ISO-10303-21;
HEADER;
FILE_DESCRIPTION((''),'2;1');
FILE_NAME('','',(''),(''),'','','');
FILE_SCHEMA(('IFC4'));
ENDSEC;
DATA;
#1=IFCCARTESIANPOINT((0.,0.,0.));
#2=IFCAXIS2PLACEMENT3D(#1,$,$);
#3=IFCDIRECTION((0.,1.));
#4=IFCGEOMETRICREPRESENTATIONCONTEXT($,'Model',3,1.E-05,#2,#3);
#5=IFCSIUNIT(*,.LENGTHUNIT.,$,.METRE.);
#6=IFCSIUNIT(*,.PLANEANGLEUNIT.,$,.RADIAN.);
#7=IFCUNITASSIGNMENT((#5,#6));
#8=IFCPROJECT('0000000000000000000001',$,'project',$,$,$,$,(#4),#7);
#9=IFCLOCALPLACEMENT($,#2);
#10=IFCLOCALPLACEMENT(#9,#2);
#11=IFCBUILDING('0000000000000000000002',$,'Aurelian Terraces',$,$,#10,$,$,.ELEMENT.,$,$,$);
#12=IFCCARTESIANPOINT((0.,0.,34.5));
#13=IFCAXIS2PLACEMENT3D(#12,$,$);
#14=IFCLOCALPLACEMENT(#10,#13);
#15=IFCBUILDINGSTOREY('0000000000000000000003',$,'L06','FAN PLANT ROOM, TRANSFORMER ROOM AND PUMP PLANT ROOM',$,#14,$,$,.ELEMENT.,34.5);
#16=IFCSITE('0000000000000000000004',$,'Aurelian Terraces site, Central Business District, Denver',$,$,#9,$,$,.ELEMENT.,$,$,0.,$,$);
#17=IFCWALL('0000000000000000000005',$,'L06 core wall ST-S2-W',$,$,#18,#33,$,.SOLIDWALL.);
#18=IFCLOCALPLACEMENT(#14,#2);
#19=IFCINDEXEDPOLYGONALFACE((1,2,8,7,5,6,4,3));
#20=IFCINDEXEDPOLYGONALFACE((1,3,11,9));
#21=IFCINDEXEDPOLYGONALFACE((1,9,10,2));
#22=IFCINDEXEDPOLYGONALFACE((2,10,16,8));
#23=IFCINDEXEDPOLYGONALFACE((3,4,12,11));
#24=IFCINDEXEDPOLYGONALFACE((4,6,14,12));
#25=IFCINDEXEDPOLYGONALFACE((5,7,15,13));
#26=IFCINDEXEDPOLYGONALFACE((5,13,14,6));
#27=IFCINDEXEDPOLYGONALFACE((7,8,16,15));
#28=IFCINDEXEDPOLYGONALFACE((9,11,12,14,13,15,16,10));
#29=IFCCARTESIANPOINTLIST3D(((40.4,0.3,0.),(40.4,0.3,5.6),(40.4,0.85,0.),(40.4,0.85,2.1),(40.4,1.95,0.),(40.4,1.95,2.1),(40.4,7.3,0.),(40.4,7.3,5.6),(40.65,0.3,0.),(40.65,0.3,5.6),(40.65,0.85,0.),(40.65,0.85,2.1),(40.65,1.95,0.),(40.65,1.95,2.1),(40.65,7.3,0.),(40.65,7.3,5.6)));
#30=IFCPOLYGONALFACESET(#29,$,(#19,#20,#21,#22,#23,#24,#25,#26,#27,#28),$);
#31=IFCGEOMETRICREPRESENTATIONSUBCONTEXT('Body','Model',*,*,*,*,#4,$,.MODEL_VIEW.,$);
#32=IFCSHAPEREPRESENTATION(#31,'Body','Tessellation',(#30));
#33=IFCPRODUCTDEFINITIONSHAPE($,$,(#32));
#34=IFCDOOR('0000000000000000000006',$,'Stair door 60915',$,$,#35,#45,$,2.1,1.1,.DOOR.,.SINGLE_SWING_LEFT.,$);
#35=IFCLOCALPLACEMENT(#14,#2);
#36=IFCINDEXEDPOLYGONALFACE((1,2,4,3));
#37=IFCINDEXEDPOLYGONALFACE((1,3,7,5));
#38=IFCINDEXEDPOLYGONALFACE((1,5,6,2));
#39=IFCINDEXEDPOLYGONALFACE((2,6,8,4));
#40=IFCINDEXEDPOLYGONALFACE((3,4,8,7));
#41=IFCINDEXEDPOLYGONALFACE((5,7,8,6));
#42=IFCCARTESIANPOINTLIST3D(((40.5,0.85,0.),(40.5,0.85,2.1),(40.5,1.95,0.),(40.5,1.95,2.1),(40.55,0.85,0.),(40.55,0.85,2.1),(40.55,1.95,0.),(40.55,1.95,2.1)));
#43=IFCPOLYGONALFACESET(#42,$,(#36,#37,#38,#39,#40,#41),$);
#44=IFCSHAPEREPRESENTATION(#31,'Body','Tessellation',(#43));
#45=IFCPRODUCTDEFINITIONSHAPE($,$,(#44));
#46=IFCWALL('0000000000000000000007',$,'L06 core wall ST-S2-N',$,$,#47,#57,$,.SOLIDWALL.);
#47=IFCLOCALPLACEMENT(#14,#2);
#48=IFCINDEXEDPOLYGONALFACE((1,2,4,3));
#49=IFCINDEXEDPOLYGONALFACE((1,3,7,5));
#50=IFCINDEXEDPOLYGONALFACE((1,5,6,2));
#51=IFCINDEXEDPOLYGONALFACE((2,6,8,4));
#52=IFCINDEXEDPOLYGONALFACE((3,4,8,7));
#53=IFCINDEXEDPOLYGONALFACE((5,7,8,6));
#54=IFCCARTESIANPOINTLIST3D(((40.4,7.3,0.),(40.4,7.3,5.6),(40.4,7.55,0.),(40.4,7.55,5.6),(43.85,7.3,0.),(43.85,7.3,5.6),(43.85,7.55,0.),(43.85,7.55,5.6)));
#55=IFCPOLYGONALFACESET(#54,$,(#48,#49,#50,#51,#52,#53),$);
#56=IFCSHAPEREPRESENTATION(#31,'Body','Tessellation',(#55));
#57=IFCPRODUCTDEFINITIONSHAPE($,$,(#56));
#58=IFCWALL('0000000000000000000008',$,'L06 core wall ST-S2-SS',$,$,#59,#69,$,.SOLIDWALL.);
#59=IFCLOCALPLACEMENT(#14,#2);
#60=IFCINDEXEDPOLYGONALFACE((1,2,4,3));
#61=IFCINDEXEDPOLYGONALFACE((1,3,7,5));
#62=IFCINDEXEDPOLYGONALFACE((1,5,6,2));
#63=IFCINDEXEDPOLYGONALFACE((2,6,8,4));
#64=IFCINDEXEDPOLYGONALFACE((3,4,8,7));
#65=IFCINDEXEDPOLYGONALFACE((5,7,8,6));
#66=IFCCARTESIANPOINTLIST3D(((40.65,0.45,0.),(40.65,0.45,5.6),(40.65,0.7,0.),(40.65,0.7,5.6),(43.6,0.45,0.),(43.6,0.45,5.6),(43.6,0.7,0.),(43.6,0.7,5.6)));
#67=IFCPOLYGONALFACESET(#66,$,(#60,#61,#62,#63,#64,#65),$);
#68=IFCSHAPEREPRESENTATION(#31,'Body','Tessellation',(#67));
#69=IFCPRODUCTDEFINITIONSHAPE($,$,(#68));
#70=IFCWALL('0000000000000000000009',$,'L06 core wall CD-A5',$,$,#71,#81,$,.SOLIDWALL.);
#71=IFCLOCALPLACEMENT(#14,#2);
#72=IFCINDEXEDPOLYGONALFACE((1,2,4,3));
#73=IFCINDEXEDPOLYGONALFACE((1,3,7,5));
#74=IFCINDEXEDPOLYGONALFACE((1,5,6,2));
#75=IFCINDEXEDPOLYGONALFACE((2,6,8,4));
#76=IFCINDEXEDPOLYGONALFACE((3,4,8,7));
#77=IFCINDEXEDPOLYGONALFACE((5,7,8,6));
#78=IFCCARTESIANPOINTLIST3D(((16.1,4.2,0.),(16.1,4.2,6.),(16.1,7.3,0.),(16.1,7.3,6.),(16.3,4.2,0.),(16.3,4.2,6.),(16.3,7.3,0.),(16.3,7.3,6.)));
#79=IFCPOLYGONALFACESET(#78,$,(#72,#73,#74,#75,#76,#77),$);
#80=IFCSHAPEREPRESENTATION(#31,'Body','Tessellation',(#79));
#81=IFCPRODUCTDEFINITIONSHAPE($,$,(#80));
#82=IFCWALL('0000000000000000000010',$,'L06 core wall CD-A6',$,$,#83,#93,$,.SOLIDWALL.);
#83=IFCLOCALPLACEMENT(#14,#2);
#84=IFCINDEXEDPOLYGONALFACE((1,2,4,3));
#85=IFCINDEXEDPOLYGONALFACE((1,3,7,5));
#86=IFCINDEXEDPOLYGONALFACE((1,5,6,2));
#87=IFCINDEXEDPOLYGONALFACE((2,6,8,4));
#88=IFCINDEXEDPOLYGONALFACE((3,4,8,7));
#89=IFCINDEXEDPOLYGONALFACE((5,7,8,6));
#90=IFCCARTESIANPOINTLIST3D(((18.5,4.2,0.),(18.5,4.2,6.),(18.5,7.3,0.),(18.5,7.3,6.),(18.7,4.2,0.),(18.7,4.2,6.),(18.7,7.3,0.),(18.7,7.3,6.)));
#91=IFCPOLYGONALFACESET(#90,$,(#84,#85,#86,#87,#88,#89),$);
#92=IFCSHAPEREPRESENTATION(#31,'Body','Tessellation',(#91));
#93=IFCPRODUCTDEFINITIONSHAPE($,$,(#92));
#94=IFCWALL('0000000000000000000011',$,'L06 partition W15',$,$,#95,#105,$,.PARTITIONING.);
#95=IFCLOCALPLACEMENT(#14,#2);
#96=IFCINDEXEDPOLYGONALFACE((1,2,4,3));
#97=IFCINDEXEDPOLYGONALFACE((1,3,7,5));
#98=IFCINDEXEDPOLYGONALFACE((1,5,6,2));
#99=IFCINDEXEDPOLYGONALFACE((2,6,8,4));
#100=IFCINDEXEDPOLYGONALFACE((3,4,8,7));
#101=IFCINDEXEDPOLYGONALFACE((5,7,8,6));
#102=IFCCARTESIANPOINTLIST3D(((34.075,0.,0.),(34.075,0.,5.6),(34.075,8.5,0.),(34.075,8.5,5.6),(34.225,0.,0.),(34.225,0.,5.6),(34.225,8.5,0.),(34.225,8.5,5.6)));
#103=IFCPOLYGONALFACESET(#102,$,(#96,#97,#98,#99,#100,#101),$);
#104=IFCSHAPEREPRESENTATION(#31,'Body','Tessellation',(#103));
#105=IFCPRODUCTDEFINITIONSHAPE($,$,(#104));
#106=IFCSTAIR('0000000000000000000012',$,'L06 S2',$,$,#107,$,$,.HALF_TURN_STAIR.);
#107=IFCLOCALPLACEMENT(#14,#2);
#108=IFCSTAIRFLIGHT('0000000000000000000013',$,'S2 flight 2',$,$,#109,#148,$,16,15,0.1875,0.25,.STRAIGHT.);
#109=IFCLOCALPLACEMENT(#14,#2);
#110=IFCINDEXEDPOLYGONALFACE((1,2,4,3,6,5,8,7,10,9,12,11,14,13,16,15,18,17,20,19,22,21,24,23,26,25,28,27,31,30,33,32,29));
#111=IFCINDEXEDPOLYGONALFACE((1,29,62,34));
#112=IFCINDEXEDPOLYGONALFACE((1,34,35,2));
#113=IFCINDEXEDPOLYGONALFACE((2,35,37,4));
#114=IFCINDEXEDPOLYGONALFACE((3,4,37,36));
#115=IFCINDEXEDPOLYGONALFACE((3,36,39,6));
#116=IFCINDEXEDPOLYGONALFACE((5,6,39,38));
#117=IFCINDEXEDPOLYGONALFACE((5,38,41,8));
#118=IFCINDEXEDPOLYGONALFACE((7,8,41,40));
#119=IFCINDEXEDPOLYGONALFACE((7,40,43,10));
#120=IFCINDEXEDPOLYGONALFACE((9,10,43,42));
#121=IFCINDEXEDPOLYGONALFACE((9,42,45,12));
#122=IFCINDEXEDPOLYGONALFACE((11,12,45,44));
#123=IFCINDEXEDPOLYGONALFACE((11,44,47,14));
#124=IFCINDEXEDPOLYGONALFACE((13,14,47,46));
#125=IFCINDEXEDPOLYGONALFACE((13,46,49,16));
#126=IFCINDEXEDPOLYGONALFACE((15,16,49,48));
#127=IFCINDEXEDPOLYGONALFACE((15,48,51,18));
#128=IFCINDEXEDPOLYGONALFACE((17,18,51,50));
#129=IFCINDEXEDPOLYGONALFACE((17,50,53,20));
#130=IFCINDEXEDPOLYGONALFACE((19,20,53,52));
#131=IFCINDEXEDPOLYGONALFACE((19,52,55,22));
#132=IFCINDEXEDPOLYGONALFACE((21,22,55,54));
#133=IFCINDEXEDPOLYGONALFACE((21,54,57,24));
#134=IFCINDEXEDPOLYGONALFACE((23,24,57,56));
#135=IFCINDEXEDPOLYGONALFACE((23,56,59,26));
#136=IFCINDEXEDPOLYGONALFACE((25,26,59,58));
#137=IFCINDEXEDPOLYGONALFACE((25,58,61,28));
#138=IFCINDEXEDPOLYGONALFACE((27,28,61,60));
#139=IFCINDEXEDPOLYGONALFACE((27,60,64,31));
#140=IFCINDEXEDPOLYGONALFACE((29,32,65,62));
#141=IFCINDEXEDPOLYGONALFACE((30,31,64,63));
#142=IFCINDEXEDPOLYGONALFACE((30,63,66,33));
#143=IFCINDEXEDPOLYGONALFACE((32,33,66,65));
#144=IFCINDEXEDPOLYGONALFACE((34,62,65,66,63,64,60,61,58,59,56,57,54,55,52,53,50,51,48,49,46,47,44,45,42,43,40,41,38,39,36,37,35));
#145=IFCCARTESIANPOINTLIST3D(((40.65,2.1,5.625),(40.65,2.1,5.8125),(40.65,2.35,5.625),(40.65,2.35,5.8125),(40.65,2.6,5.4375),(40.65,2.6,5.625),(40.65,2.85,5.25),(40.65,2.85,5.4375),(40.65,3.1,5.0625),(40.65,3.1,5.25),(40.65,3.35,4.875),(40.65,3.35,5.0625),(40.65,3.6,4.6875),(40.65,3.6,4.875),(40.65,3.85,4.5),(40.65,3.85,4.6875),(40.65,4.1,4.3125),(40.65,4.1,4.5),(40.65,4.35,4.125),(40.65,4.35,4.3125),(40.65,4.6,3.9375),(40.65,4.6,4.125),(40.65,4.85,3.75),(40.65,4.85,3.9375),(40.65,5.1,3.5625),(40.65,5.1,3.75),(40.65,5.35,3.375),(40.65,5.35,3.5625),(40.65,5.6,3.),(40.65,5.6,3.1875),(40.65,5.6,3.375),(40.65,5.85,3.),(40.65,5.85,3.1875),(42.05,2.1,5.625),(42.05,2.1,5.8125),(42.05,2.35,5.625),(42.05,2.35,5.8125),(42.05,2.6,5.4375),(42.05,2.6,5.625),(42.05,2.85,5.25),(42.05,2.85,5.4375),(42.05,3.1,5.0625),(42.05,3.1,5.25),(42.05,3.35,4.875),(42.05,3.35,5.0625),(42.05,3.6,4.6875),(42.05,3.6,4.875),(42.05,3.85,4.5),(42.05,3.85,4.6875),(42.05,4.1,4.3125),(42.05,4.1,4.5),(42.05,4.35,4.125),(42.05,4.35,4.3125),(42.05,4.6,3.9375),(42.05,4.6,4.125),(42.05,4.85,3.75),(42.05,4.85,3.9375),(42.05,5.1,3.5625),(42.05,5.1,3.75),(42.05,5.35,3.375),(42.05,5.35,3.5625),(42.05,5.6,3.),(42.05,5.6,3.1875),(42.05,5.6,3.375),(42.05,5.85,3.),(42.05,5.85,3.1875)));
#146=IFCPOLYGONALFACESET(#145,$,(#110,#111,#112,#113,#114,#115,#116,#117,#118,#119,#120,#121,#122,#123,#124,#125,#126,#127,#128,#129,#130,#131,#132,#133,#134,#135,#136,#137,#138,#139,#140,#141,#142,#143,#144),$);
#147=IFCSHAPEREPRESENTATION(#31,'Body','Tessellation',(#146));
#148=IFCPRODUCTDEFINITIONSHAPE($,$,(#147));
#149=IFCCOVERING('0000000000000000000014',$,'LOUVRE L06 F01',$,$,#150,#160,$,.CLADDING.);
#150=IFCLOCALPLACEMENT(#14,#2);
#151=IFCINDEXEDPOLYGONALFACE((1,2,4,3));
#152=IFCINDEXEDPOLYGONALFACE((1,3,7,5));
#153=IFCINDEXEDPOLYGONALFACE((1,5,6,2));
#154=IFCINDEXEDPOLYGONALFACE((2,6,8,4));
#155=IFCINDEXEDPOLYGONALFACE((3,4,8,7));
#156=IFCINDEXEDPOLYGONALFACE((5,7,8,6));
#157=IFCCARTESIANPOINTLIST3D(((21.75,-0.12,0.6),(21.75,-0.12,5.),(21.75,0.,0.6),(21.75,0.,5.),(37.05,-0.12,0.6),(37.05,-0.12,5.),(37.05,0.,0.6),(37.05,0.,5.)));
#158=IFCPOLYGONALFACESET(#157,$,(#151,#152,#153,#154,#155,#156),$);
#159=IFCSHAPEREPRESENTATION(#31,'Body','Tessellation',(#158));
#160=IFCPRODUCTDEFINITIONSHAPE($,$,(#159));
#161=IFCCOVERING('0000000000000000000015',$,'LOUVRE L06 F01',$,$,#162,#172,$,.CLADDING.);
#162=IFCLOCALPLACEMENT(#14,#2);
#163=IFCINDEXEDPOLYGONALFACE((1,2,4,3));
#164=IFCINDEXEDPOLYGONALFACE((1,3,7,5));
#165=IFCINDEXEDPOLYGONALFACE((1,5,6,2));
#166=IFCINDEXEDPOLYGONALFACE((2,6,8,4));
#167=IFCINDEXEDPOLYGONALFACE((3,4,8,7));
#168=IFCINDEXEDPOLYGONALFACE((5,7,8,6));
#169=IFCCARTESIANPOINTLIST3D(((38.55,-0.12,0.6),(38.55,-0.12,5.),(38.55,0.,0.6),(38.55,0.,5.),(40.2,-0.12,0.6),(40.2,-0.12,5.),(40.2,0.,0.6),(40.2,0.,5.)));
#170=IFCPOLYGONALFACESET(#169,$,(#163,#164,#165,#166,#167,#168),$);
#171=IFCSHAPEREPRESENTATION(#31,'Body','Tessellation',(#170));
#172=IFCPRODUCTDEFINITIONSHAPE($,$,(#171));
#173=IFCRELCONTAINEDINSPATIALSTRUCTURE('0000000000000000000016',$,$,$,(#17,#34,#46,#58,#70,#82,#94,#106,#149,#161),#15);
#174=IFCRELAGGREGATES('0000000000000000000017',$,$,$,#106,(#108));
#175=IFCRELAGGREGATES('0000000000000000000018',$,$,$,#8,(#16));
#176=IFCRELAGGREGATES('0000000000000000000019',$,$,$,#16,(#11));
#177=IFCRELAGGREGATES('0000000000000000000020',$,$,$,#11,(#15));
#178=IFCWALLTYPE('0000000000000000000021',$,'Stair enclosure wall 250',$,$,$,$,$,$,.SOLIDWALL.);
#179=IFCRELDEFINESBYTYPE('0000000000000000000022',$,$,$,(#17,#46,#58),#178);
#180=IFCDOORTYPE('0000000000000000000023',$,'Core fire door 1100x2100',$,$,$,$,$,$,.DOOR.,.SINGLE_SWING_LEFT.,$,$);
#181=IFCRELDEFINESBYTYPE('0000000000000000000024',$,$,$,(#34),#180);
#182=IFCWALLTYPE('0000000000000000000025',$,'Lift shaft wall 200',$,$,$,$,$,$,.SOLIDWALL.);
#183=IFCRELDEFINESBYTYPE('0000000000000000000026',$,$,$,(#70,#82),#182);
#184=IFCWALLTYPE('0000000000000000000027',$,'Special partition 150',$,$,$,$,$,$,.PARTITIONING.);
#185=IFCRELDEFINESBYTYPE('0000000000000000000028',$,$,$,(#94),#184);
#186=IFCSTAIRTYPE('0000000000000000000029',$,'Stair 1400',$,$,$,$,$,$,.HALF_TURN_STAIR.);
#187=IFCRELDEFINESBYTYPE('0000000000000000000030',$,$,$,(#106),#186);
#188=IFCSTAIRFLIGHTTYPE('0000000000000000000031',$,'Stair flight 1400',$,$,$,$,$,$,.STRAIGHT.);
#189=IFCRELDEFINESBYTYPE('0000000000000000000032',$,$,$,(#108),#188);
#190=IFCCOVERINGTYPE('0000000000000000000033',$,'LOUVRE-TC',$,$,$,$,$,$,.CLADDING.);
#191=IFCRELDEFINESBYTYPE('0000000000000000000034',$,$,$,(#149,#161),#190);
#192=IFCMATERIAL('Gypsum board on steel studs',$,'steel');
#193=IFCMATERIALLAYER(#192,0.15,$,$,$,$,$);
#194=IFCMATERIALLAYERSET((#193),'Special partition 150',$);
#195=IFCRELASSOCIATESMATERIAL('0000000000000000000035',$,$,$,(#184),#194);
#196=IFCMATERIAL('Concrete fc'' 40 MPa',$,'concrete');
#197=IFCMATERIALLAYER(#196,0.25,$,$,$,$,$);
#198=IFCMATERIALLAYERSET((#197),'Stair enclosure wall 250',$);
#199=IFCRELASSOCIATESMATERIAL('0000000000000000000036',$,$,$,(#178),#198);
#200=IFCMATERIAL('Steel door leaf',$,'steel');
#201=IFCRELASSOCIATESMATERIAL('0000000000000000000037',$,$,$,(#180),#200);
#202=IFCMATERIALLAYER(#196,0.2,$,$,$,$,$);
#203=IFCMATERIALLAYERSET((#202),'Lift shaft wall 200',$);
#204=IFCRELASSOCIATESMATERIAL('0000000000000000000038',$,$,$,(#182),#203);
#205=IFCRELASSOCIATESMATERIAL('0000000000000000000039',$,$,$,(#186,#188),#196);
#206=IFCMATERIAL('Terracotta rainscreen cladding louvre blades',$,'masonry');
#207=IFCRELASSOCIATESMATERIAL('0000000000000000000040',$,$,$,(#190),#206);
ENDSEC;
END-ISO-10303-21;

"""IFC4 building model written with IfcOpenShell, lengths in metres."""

from ifc_helpers import new_model, si_unit, direction, frame, frame_2d, origin, origin_2d, place, context, subcontext, project, spatial, polyline, rectangle, outline, extrude, source, transform, mapped, material, layer, layer_set, type_object, element, fill, aggregate, save


model = new_model("IFC4")

# Units and contexts
model_context = context("Model", 3, precision=1e-05, world=origin(), true_north=direction((0.0, 1.0)))
body_context = subcontext(model_context, "Body", "Model", "MODEL_VIEW")
ifc_project = project(units=[si_unit("LENGTHUNIT", "METRE"), si_unit("PLANEANGLEUNIT", "RADIAN")], contexts=[model_context])

# Site, building, storey
site_placement = place(None, origin())
site = spatial("IfcSite", under=ifc_project, at=site_placement, Name="Aurelian Terraces site, Central Business District, Denver", CompositionType="ELEMENT", RefElevation=0.0)
building_placement = place(site_placement, origin())
building = spatial("IfcBuilding", under=site, at=building_placement, Name="Aurelian Terraces", CompositionType="ELEMENT")
storey_placement = place(building_placement, frame((0.0, 0.0, 34.5)))
storey = spatial("IfcBuildingStorey", under=building, at=storey_placement, Name="L06", Description="FAN PLANT ROOM, TRANSFORMER ROOM AND PUMP PLANT ROOM", CompositionType="ELEMENT", Elevation=34.5)

# Shared definitions
ifc_material_1 = material(Name="Steel door leaf", Category="steel")

# Shared definitions
ifc_material_2 = material(Name="Gypsum board on steel studs", Category="steel")

# Shared definitions
ifc_material_3 = material(Name="Concrete fc' 40 MPa", Category="concrete")

# Shared definitions
ifc_layer_1 = layer(ifc_material_2, 0.15)
ifc_layer_set_1 = layer_set([ifc_layer_1], Name="Special partition 150")
wall_type_1 = type_object("IfcWallType", Name="Special partition 150", PredefinedType="PARTITIONING", material=ifc_layer_set_1)

# Wall, opening, door
ifc_layer_2 = layer(ifc_material_3, 0.25)
ifc_layer_set_2 = layer_set([ifc_layer_2], Name="Stair enclosure wall 250")
wall_type_2 = type_object("IfcWallType", Name="Stair enclosure wall 250", PredefinedType="SOLIDWALL", material=ifc_layer_set_2)
wall_1_placement = place(storey_placement, frame((40.525, 0.3, 0.0), z_axis=(0.0, 0.0, 1.0), x_axis=(0.0, 1.0, 0.0)))
wall_1 = element("IfcWall", 1, at=wall_1_placement, inside=storey, type_object=wall_type_2, Name="L06 core wall ST-S2-W", PredefinedType="SOLIDWALL", context=body_context, shape_type="SweptSolid", body=[
    extrude(rectangle(XDim=7.0, YDim=0.25, at=frame_2d((3.5, 0.0))), origin(), (0.0, 0.0, 1.0), 5.6),
])
shared_shape_1 = source(origin(), body_context, "Body", "SweptSolid", [
    extrude(rectangle(XDim=1.1, YDim=2.1, at=frame_2d((0.55, 1.05))), frame((0.0, 0.135, 0.0), z_axis=(0.0, -1.0, 0.0), x_axis=(1.0, 0.0, 0.0)), (0.0, 0.0, 1.0), 0.27),
])
opening_1_placement = place(wall_1_placement, frame((0.55, 0.0, 0.0)))
opening_1 = element("IfcOpeningElement", 2, at=opening_1_placement, cuts=wall_1, PredefinedType="OPENING", context=body_context, shape_type="MappedRepresentation", body=[
    mapped(shared_shape_1, transform((0.0, 0.0, 0.0), scale=1.0)),
])
door_type_1 = type_object("IfcDoorType", Name="Core fire door 1100x2100", OperationType="SINGLE_SWING_LEFT", PredefinedType="DOOR", material=ifc_material_1)
shared_shape_2 = source(origin(), body_context, "Body", "SweptSolid", [
    extrude(rectangle(XDim=1.1, YDim=2.1, at=frame_2d((0.55, 1.05))), frame((0.0, 0.025, 0.0), z_axis=(0.0, -1.0, 0.0), x_axis=(1.0, 0.0, 0.0)), (0.0, 0.0, 1.0), 0.05),
])
door_1_placement = place(opening_1_placement, origin())
door_1 = element("IfcDoor", 3, at=door_1_placement, inside=storey, type_object=door_type_1, Name="Stair door 60915", OperationType="SINGLE_SWING_LEFT", OverallHeight=2.1, OverallWidth=1.1, PredefinedType="DOOR", context=body_context, shape_type="MappedRepresentation", body=[
    mapped(shared_shape_2, transform((0.0, 0.0, 0.0), scale=1.0)),
])
fill(opening_1, door_1)

# Walls
wall_2_placement = place(storey_placement, frame((40.4, 7.425, 0.0), z_axis=(0.0, 0.0, 1.0), x_axis=(1.0, 0.0, 0.0)))
element("IfcWall", 4, at=wall_2_placement, inside=storey, type_object=wall_type_2, Name="L06 core wall ST-S2-N", PredefinedType="SOLIDWALL", context=body_context, shape_type="SweptSolid", body=[
    extrude(rectangle(XDim=3.45, YDim=0.25, at=frame_2d((1.725, 0.0))), origin(), (0.0, 0.0, 1.0), 5.6),
])
wall_3_placement = place(storey_placement, frame((40.65, 0.575, 0.0), z_axis=(0.0, 0.0, 1.0), x_axis=(1.0, 0.0, 0.0)))
element("IfcWall", 5, at=wall_3_placement, inside=storey, type_object=wall_type_2, Name="L06 core wall ST-S2-SS", PredefinedType="SOLIDWALL", context=body_context, shape_type="SweptSolid", body=[
    extrude(rectangle(XDim=2.95, YDim=0.25, at=frame_2d((1.475, 0.0))), origin(), (0.0, 0.0, 1.0), 5.6),
])
ifc_layer_3 = layer(ifc_material_3, 0.2)
ifc_layer_set_3 = layer_set([ifc_layer_3], Name="Lift shaft wall 200")
wall_type_3 = type_object("IfcWallType", Name="Lift shaft wall 200", PredefinedType="SOLIDWALL", material=ifc_layer_set_3)
shared_shape_3 = source(origin(), body_context, "Body", "SweptSolid", [
    extrude(rectangle(XDim=3.1, YDim=0.2, at=frame_2d((1.55, 0.0))), origin(), (0.0, 0.0, 1.0), 6.0),
])
for number, where, z_axis, x_axis, name in (
    (6, (16.2, 4.2, 0.0), (0.0, 0.0, 1.0), (0.0, 1.0, 0.0), "L06 core wall CD-A5"),
    (7, (18.6, 4.2, 0.0), (0.0, 0.0, 1.0), (0.0, 1.0, 0.0), "L06 core wall CD-A6"),
):
    element("IfcWall", number, at=place(storey_placement, frame(where, z_axis=z_axis, x_axis=x_axis)), inside=storey, type_object=wall_type_3, Name=name, PredefinedType="SOLIDWALL", context=body_context, shape_type="MappedRepresentation", body=[
        mapped(shared_shape_3, transform((0.0, 0.0, 0.0), scale=1.0)),
    ])
shared_shape_4 = source(origin(), body_context, "Body", "SweptSolid", [
    extrude(rectangle(XDim=8.5, YDim=0.15, at=frame_2d((4.25, 0.0))), origin(), (0.0, 0.0, 1.0), 5.6),
])
wall_4_placement = place(storey_placement, frame((34.15, 0.0, 0.0), z_axis=(0.0, 0.0, 1.0), x_axis=(0.0, 1.0, 0.0)))
element("IfcWall", 8, at=wall_4_placement, inside=storey, type_object=wall_type_1, Name="L06 partition W15", PredefinedType="PARTITIONING", context=body_context, shape_type="MappedRepresentation", body=[
    mapped(shared_shape_4, transform((0.0, 0.0, 0.0), scale=1.0)),
])

# Stair, stair flight
stair_type = type_object("IfcStairType", Name="Stair 1400", PredefinedType="HALF_TURN_STAIR", material=ifc_material_3)
stair_placement = place(storey_placement, origin())
stair = element("IfcStair", 9, at=stair_placement, inside=storey, type_object=stair_type, Name="L06 S2", PredefinedType="HALF_TURN_STAIR")
stair_flight_type = type_object("IfcStairFlightType", Name="Stair flight 1400", PredefinedType="STRAIGHT", material=ifc_material_3)
shared_shape_5 = source(origin(), body_context, "Body", "SweptSolid", [
    extrude(outline(polyline([(0.0, 0.0), (0.0, 0.1875), (0.25, 0.1875), (0.25, 0.375), (0.5, 0.375), (0.5, 0.5625), (0.75, 0.5625), (0.75, 0.75), (1.0, 0.75), (1.0, 0.9375), (1.25, 0.9375), (1.25, 1.125), (1.5, 1.125), (1.5, 1.3125), (1.75, 1.3125), (1.75, 1.5), (2.0, 1.5), (2.0, 1.6875), (2.25, 1.6875), (2.25, 1.875), (2.5, 1.875), (2.5, 2.0625), (2.75, 2.0625), (2.75, 2.25), (3.0, 2.25), (3.0, 2.4375), (3.25, 2.4375), (3.25, 2.625), (3.5, 2.625), (3.5, 2.8125), (3.75, 2.8125), (3.75, 3.0), (3.75, 2.625), (0.25, 0.0), (0.0, 0.0)])), frame((0.0, 0.7, 0.0), z_axis=(0.0, -1.0, 0.0), x_axis=(1.0, 0.0, 0.0)), (0.0, 0.0, 1.0), 1.4),
])
stair_flight_placement = place(storey_placement, frame((41.35, 5.85, 3.0), z_axis=(0.0, 0.0, 1.0), x_axis=(0.0, -1.0, 0.0)))
stair_flight = element("IfcStairFlight", 10, at=stair_flight_placement, type_object=stair_flight_type, Name="S2 flight 2", NumberOfRisers=16, NumberOfTreads=15, PredefinedType="STRAIGHT", RiserHeight=0.1875, TreadLength=0.25, context=body_context, shape_type="MappedRepresentation", body=[
    mapped(shared_shape_5, transform((0.0, 0.0, 0.0), scale=1.0)),
])
aggregate(stair, [stair_flight])

# Coverings
ifc_material_4 = material(Name="Terracotta rainscreen cladding louvre blades", Category="masonry")
covering_type = type_object("IfcCoveringType", Name="LOUVRE-TC", PredefinedType="CLADDING", material=ifc_material_4)
covering_1_placement = place(storey_placement, frame((29.4, -0.06, 0.6), z_axis=(0.0, 0.0, 1.0), x_axis=(1.0, 0.0, 0.0)))
element("IfcCovering", 11, at=covering_1_placement, inside=storey, type_object=covering_type, Name="LOUVRE L06 F01", PredefinedType="CLADDING", context=body_context, shape_type="SweptSolid", body=[
    extrude(rectangle(XDim=15.3, YDim=0.12, at=origin_2d()), origin(), (0.0, 0.0, 1.0), 4.4),
])
covering_2_placement = place(storey_placement, frame((39.375, -0.06, 0.6), z_axis=(0.0, 0.0, 1.0), x_axis=(1.0, 0.0, 0.0)))
element("IfcCovering", 12, at=covering_2_placement, inside=storey, type_object=covering_type, Name="LOUVRE L06 F01", PredefinedType="CLADDING", context=body_context, shape_type="SweptSolid", body=[
    extrude(rectangle(XDim=1.65, YDim=0.12, at=origin_2d()), origin(), (0.0, 0.0, 1.0), 4.4),
])

save(model, "model.ifc")
